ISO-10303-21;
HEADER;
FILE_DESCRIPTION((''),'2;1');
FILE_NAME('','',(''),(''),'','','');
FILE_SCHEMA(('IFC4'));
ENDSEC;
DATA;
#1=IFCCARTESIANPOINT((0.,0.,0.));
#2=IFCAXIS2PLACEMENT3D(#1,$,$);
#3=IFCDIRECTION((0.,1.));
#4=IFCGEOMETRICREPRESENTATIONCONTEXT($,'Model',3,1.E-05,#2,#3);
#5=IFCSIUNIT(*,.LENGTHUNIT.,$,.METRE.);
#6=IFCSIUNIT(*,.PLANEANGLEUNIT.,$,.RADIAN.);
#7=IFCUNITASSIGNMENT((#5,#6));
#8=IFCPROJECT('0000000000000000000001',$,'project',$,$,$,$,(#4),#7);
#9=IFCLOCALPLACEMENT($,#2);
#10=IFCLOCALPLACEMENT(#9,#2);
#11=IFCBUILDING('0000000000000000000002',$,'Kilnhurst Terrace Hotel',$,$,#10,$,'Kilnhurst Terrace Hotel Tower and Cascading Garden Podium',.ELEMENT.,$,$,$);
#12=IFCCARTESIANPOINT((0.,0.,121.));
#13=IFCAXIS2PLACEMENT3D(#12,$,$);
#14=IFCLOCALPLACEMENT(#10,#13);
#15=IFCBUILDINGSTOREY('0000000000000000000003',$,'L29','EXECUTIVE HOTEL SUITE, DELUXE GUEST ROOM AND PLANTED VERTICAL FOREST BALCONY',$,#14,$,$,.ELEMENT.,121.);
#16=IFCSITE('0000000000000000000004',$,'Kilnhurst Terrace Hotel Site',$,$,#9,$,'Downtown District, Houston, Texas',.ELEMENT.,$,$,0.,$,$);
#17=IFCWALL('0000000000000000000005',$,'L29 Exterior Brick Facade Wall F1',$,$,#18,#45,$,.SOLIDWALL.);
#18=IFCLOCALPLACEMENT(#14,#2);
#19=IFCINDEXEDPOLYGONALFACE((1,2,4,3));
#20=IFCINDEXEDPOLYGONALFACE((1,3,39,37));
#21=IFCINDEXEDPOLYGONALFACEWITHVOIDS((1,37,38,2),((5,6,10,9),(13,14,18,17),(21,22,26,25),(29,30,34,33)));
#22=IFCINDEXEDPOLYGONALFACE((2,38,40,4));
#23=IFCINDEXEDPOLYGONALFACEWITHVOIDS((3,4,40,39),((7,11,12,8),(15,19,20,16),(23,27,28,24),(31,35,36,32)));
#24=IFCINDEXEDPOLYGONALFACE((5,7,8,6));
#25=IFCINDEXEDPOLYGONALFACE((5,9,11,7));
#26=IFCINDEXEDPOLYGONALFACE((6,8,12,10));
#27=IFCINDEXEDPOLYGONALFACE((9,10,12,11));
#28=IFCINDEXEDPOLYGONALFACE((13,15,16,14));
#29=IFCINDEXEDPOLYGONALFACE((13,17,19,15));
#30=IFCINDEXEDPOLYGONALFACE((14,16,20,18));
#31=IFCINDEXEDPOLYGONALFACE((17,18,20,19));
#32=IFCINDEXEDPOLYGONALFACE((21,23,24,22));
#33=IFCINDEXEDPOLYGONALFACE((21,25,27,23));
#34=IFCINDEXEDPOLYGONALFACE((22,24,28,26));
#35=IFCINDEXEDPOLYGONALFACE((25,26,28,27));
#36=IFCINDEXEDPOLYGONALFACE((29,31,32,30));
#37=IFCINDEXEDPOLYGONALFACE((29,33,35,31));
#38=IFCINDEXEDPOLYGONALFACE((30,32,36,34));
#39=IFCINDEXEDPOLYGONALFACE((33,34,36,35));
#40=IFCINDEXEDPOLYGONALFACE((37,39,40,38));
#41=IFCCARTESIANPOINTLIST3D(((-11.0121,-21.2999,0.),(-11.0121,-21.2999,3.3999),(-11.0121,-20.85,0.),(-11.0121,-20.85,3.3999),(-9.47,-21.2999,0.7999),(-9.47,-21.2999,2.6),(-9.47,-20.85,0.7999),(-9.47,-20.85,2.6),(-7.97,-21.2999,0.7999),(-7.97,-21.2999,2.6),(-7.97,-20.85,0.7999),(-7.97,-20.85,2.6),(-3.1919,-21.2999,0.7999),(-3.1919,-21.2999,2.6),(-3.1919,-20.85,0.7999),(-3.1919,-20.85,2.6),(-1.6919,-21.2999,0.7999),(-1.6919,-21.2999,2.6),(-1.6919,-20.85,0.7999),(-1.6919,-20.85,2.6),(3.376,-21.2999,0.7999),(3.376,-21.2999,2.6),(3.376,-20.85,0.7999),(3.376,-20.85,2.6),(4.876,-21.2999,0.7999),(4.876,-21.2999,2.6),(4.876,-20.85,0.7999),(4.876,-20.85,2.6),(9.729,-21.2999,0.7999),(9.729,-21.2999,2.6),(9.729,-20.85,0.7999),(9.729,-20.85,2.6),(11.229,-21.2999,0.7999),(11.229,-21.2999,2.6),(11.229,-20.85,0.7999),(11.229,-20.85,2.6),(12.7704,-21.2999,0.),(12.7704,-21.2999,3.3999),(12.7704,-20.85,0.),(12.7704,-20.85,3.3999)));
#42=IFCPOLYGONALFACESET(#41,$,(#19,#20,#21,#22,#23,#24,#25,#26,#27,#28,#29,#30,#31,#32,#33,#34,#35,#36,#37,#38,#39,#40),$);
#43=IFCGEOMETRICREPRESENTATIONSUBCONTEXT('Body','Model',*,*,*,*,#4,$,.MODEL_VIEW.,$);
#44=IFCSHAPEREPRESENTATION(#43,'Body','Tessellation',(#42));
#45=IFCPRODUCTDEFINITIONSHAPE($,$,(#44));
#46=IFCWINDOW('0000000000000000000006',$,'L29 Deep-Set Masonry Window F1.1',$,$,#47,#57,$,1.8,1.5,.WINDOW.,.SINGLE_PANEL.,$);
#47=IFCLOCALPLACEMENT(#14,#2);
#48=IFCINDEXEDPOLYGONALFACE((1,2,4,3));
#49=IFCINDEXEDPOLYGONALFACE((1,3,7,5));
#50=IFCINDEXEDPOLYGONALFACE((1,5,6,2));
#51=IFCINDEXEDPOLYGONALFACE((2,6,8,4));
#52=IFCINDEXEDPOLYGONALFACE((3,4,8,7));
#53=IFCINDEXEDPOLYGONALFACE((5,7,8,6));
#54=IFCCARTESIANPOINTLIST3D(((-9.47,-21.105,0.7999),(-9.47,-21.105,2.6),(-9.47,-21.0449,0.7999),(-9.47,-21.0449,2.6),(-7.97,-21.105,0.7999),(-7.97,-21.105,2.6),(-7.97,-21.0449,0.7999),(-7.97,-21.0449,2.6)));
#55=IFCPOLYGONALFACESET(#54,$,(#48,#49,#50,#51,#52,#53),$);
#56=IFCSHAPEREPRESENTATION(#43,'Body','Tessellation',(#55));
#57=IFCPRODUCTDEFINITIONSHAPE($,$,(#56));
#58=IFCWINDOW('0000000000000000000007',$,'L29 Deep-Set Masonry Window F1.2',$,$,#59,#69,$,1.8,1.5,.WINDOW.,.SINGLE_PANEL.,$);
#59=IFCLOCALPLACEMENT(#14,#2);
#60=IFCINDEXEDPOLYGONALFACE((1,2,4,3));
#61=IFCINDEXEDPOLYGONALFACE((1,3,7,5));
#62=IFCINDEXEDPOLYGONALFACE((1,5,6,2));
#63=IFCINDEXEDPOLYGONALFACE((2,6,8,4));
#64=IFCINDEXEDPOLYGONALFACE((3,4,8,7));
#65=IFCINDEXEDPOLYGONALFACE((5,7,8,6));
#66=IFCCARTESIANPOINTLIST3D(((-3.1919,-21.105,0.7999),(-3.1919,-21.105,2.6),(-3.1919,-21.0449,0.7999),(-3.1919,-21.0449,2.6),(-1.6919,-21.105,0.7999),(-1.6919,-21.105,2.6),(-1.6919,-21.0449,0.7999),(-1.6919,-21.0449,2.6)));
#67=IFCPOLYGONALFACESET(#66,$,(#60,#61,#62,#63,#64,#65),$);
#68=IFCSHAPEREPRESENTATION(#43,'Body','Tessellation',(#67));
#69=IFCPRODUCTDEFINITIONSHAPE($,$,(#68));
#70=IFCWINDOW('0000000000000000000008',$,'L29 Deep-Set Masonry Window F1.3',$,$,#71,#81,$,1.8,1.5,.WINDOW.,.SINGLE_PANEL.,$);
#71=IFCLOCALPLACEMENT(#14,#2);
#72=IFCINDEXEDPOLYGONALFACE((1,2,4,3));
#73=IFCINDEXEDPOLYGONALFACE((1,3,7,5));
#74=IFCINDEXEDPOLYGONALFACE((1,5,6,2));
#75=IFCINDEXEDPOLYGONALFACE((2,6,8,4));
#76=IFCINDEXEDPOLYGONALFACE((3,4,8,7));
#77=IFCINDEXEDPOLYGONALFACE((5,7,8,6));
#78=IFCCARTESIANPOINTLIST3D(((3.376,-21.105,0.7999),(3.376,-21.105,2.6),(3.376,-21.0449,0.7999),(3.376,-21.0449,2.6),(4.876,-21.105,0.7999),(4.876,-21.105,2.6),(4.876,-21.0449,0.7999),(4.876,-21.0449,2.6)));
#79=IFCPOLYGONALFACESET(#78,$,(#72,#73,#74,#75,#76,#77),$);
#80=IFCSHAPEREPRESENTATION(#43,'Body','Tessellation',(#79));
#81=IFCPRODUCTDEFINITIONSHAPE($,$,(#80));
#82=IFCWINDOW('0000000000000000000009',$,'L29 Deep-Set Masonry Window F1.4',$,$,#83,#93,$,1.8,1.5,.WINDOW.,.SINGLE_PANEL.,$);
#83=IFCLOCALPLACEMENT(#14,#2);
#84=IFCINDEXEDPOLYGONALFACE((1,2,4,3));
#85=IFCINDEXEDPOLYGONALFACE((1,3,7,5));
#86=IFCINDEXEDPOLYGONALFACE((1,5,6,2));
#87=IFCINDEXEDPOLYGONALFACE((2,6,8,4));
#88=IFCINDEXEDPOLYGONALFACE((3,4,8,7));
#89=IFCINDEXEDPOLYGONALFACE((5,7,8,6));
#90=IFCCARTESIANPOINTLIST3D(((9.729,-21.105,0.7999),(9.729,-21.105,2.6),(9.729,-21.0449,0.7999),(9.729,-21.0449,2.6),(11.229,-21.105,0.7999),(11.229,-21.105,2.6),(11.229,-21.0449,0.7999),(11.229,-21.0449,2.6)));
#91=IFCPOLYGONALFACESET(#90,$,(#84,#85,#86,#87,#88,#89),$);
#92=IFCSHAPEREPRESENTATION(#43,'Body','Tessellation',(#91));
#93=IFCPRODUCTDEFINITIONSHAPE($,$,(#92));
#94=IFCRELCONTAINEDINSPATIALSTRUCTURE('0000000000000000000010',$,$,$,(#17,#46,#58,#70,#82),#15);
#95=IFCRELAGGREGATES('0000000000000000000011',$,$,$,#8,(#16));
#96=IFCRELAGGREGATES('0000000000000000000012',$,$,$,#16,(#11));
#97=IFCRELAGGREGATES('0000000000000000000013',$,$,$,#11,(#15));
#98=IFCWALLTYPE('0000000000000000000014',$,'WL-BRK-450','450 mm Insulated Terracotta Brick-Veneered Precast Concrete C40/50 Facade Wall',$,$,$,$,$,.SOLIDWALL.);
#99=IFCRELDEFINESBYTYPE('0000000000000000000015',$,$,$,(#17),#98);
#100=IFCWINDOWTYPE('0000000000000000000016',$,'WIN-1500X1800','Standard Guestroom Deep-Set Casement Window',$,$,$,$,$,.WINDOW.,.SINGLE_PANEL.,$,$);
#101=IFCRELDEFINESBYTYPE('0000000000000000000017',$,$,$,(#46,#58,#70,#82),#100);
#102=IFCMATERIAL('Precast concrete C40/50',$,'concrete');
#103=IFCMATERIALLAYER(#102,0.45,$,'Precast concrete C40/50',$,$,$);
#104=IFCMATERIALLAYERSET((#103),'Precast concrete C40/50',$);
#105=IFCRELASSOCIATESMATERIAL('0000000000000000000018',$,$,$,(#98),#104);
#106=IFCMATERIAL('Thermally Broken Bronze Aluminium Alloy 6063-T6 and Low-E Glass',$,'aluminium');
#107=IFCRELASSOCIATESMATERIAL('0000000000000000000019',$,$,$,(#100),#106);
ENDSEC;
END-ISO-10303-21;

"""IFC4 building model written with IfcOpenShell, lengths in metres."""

from ifc_helpers import new_model, si_unit, direction, frame, frame_2d, origin, place, context, subcontext, project, spatial, rectangle, extrude, material, layer, layer_set, type_object, element, fill, save


model = new_model("IFC4")

# Units and contexts
model_context = context("Model", 3, precision=1e-05, world=origin(), true_north=direction((0.0, 1.0)))
body_context = subcontext(model_context, "Body", "Model", "MODEL_VIEW")
ifc_project = project(units=[si_unit("LENGTHUNIT", "METRE"), si_unit("PLANEANGLEUNIT", "RADIAN")], contexts=[model_context])

# Site, building, storey
site_placement = place(None, origin())
site = spatial("IfcSite", under=ifc_project, at=site_placement, Name="Kilnhurst Terrace Hotel Site", LongName="Downtown District, Houston, Texas", CompositionType="ELEMENT", RefElevation=0.0)
building_placement = place(site_placement, origin())
building = spatial("IfcBuilding", under=site, at=building_placement, Name="Kilnhurst Terrace Hotel", LongName="Kilnhurst Terrace Hotel Tower and Cascading Garden Podium", CompositionType="ELEMENT")
storey_placement = place(building_placement, frame((0.0, 0.0, 121.0)))
storey = spatial("IfcBuildingStorey", under=building, at=storey_placement, Name="L29", Description="EXECUTIVE HOTEL SUITE, DELUXE GUEST ROOM AND PLANTED VERTICAL FOREST BALCONY", CompositionType="ELEMENT", Elevation=121.0)

# Shared definitions
ifc_material_1 = material(Name="Precast concrete C40/50", Category="concrete")
ifc_layer_1 = layer(ifc_material_1, 0.45, Name="Precast concrete C40/50")
ifc_layer_set_1 = layer_set([ifc_layer_1], Name="Precast concrete C40/50")
wall_type_1 = type_object("IfcWallType", Name="WL-BRK-450", Description="450 mm Insulated Terracotta Brick-Veneered Precast Concrete C40/50 Facade Wall", PredefinedType="SOLIDWALL", material=ifc_layer_set_1)

# Wall, openings, windows
wall_1_placement = place(storey_placement, frame((-11.012, -21.075, 0.0), z_axis=(0.0, 0.0, 1.0), x_axis=(1.0, 0.0, 0.0)))
wall_1 = element("IfcWall", 1, at=wall_1_placement, inside=storey, type_object=wall_type_1, Name="L29 Exterior Brick Facade Wall F1", PredefinedType="SOLIDWALL", context=body_context, shape_type="SweptSolid", body=[
    extrude(rectangle(XDim=23.7825, YDim=0.45, at=frame_2d((11.8911, 0.0))), origin(), (0.0, 0.0, 1.0), 3.3999),
])
opening_1_placement = place(wall_1_placement, frame((1.542, 0.0, 0.8)))
opening_1 = element("IfcOpeningElement", 2, at=opening_1_placement, cuts=wall_1, PredefinedType="OPENING", context=body_context, shape_type="SweptSolid", body=[
    extrude(rectangle(XDim=1.5, YDim=1.8, at=frame_2d((0.75, 0.8999))), frame((0.0, 0.2349, 0.0), z_axis=(0.0, -1.0, 0.0), x_axis=(1.0, 0.0, 0.0)), (0.0, 0.0, 1.0), 0.47),
])
opening_2_placement = place(wall_1_placement, frame((7.8201, 0.0, 0.8)))
opening_2 = element("IfcOpeningElement", 3, at=opening_2_placement, cuts=wall_1, PredefinedType="OPENING", context=body_context, shape_type="SweptSolid", body=[
    extrude(rectangle(XDim=1.5, YDim=1.8, at=frame_2d((0.75, 0.8999))), frame((0.0, 0.2349, 0.0), z_axis=(0.0, -1.0, 0.0), x_axis=(1.0, 0.0, 0.0)), (0.0, 0.0, 1.0), 0.47),
])
opening_3_placement = place(wall_1_placement, frame((14.3879, 0.0, 0.8)))
opening_3 = element("IfcOpeningElement", 4, at=opening_3_placement, cuts=wall_1, PredefinedType="OPENING", context=body_context, shape_type="SweptSolid", body=[
    extrude(rectangle(XDim=1.5, YDim=1.8, at=frame_2d((0.75, 0.8999))), frame((0.0, 0.2349, 0.0), z_axis=(0.0, -1.0, 0.0), x_axis=(1.0, 0.0, 0.0)), (0.0, 0.0, 1.0), 0.47),
])
opening_4_placement = place(wall_1_placement, frame((20.741, 0.0, 0.8)))
opening_4 = element("IfcOpeningElement", 5, at=opening_4_placement, cuts=wall_1, PredefinedType="OPENING", context=body_context, shape_type="SweptSolid", body=[
    extrude(rectangle(XDim=1.5, YDim=1.8, at=frame_2d((0.75, 0.8999))), frame((0.0, 0.2349, 0.0), z_axis=(0.0, -1.0, 0.0), x_axis=(1.0, 0.0, 0.0)), (0.0, 0.0, 1.0), 0.47),
])
ifc_material_2 = material(Name="Thermally Broken Bronze Aluminium Alloy 6063-T6 and Low-E Glass", Category="aluminium")
window_type = type_object("IfcWindowType", Name="WIN-1500X1800", Description="Standard Guestroom Deep-Set Casement Window", PartitioningType="SINGLE_PANEL", PredefinedType="WINDOW", material=ifc_material_2)
window_1_placement = place(opening_1_placement, origin())
window_1 = element("IfcWindow", 6, at=window_1_placement, inside=storey, type_object=window_type, Name="L29 Deep-Set Masonry Window F1.1", OverallHeight=1.8, OverallWidth=1.5, PartitioningType="SINGLE_PANEL", PredefinedType="WINDOW", context=body_context, shape_type="SweptSolid", body=[
    extrude(rectangle(XDim=1.5, YDim=1.8, at=frame_2d((0.75, 0.8999))), frame((0.0, 0.03, 0.0), z_axis=(0.0, -1.0, 0.0), x_axis=(1.0, 0.0, 0.0)), (0.0, 0.0, 1.0), 0.0601),
])
fill(opening_1, window_1)
window_2_placement = place(opening_2_placement, origin())
window_2 = element("IfcWindow", 7, at=window_2_placement, inside=storey, type_object=window_type, Name="L29 Deep-Set Masonry Window F1.2", OverallHeight=1.8, OverallWidth=1.5, PartitioningType="SINGLE_PANEL", PredefinedType="WINDOW", context=body_context, shape_type="SweptSolid", body=[
    extrude(rectangle(XDim=1.5, YDim=1.8, at=frame_2d((0.75, 0.8999))), frame((0.0, 0.03, 0.0), z_axis=(0.0, -1.0, 0.0), x_axis=(1.0, 0.0, 0.0)), (0.0, 0.0, 1.0), 0.0601),
])
fill(opening_2, window_2)
window_3_placement = place(opening_3_placement, origin())
window_3 = element("IfcWindow", 8, at=window_3_placement, inside=storey, type_object=window_type, Name="L29 Deep-Set Masonry Window F1.3", OverallHeight=1.8, OverallWidth=1.5, PartitioningType="SINGLE_PANEL", PredefinedType="WINDOW", context=body_context, shape_type="SweptSolid", body=[
    extrude(rectangle(XDim=1.5, YDim=1.8, at=frame_2d((0.75, 0.8999))), frame((0.0, 0.03, 0.0), z_axis=(0.0, -1.0, 0.0), x_axis=(1.0, 0.0, 0.0)), (0.0, 0.0, 1.0), 0.0601),
])
fill(opening_3, window_3)
window_4_placement = place(opening_4_placement, origin())
window_4 = element("IfcWindow", 9, at=window_4_placement, inside=storey, type_object=window_type, Name="L29 Deep-Set Masonry Window F1.4", OverallHeight=1.8, OverallWidth=1.5, PartitioningType="SINGLE_PANEL", PredefinedType="WINDOW", context=body_context, shape_type="SweptSolid", body=[
    extrude(rectangle(XDim=1.5, YDim=1.8, at=frame_2d((0.75, 0.8999))), frame((0.0, 0.03, 0.0), z_axis=(0.0, -1.0, 0.0), x_axis=(1.0, 0.0, 0.0)), (0.0, 0.0, 1.0), 0.0601),
])
fill(opening_4, window_4)

save(model, "model.ifc")
